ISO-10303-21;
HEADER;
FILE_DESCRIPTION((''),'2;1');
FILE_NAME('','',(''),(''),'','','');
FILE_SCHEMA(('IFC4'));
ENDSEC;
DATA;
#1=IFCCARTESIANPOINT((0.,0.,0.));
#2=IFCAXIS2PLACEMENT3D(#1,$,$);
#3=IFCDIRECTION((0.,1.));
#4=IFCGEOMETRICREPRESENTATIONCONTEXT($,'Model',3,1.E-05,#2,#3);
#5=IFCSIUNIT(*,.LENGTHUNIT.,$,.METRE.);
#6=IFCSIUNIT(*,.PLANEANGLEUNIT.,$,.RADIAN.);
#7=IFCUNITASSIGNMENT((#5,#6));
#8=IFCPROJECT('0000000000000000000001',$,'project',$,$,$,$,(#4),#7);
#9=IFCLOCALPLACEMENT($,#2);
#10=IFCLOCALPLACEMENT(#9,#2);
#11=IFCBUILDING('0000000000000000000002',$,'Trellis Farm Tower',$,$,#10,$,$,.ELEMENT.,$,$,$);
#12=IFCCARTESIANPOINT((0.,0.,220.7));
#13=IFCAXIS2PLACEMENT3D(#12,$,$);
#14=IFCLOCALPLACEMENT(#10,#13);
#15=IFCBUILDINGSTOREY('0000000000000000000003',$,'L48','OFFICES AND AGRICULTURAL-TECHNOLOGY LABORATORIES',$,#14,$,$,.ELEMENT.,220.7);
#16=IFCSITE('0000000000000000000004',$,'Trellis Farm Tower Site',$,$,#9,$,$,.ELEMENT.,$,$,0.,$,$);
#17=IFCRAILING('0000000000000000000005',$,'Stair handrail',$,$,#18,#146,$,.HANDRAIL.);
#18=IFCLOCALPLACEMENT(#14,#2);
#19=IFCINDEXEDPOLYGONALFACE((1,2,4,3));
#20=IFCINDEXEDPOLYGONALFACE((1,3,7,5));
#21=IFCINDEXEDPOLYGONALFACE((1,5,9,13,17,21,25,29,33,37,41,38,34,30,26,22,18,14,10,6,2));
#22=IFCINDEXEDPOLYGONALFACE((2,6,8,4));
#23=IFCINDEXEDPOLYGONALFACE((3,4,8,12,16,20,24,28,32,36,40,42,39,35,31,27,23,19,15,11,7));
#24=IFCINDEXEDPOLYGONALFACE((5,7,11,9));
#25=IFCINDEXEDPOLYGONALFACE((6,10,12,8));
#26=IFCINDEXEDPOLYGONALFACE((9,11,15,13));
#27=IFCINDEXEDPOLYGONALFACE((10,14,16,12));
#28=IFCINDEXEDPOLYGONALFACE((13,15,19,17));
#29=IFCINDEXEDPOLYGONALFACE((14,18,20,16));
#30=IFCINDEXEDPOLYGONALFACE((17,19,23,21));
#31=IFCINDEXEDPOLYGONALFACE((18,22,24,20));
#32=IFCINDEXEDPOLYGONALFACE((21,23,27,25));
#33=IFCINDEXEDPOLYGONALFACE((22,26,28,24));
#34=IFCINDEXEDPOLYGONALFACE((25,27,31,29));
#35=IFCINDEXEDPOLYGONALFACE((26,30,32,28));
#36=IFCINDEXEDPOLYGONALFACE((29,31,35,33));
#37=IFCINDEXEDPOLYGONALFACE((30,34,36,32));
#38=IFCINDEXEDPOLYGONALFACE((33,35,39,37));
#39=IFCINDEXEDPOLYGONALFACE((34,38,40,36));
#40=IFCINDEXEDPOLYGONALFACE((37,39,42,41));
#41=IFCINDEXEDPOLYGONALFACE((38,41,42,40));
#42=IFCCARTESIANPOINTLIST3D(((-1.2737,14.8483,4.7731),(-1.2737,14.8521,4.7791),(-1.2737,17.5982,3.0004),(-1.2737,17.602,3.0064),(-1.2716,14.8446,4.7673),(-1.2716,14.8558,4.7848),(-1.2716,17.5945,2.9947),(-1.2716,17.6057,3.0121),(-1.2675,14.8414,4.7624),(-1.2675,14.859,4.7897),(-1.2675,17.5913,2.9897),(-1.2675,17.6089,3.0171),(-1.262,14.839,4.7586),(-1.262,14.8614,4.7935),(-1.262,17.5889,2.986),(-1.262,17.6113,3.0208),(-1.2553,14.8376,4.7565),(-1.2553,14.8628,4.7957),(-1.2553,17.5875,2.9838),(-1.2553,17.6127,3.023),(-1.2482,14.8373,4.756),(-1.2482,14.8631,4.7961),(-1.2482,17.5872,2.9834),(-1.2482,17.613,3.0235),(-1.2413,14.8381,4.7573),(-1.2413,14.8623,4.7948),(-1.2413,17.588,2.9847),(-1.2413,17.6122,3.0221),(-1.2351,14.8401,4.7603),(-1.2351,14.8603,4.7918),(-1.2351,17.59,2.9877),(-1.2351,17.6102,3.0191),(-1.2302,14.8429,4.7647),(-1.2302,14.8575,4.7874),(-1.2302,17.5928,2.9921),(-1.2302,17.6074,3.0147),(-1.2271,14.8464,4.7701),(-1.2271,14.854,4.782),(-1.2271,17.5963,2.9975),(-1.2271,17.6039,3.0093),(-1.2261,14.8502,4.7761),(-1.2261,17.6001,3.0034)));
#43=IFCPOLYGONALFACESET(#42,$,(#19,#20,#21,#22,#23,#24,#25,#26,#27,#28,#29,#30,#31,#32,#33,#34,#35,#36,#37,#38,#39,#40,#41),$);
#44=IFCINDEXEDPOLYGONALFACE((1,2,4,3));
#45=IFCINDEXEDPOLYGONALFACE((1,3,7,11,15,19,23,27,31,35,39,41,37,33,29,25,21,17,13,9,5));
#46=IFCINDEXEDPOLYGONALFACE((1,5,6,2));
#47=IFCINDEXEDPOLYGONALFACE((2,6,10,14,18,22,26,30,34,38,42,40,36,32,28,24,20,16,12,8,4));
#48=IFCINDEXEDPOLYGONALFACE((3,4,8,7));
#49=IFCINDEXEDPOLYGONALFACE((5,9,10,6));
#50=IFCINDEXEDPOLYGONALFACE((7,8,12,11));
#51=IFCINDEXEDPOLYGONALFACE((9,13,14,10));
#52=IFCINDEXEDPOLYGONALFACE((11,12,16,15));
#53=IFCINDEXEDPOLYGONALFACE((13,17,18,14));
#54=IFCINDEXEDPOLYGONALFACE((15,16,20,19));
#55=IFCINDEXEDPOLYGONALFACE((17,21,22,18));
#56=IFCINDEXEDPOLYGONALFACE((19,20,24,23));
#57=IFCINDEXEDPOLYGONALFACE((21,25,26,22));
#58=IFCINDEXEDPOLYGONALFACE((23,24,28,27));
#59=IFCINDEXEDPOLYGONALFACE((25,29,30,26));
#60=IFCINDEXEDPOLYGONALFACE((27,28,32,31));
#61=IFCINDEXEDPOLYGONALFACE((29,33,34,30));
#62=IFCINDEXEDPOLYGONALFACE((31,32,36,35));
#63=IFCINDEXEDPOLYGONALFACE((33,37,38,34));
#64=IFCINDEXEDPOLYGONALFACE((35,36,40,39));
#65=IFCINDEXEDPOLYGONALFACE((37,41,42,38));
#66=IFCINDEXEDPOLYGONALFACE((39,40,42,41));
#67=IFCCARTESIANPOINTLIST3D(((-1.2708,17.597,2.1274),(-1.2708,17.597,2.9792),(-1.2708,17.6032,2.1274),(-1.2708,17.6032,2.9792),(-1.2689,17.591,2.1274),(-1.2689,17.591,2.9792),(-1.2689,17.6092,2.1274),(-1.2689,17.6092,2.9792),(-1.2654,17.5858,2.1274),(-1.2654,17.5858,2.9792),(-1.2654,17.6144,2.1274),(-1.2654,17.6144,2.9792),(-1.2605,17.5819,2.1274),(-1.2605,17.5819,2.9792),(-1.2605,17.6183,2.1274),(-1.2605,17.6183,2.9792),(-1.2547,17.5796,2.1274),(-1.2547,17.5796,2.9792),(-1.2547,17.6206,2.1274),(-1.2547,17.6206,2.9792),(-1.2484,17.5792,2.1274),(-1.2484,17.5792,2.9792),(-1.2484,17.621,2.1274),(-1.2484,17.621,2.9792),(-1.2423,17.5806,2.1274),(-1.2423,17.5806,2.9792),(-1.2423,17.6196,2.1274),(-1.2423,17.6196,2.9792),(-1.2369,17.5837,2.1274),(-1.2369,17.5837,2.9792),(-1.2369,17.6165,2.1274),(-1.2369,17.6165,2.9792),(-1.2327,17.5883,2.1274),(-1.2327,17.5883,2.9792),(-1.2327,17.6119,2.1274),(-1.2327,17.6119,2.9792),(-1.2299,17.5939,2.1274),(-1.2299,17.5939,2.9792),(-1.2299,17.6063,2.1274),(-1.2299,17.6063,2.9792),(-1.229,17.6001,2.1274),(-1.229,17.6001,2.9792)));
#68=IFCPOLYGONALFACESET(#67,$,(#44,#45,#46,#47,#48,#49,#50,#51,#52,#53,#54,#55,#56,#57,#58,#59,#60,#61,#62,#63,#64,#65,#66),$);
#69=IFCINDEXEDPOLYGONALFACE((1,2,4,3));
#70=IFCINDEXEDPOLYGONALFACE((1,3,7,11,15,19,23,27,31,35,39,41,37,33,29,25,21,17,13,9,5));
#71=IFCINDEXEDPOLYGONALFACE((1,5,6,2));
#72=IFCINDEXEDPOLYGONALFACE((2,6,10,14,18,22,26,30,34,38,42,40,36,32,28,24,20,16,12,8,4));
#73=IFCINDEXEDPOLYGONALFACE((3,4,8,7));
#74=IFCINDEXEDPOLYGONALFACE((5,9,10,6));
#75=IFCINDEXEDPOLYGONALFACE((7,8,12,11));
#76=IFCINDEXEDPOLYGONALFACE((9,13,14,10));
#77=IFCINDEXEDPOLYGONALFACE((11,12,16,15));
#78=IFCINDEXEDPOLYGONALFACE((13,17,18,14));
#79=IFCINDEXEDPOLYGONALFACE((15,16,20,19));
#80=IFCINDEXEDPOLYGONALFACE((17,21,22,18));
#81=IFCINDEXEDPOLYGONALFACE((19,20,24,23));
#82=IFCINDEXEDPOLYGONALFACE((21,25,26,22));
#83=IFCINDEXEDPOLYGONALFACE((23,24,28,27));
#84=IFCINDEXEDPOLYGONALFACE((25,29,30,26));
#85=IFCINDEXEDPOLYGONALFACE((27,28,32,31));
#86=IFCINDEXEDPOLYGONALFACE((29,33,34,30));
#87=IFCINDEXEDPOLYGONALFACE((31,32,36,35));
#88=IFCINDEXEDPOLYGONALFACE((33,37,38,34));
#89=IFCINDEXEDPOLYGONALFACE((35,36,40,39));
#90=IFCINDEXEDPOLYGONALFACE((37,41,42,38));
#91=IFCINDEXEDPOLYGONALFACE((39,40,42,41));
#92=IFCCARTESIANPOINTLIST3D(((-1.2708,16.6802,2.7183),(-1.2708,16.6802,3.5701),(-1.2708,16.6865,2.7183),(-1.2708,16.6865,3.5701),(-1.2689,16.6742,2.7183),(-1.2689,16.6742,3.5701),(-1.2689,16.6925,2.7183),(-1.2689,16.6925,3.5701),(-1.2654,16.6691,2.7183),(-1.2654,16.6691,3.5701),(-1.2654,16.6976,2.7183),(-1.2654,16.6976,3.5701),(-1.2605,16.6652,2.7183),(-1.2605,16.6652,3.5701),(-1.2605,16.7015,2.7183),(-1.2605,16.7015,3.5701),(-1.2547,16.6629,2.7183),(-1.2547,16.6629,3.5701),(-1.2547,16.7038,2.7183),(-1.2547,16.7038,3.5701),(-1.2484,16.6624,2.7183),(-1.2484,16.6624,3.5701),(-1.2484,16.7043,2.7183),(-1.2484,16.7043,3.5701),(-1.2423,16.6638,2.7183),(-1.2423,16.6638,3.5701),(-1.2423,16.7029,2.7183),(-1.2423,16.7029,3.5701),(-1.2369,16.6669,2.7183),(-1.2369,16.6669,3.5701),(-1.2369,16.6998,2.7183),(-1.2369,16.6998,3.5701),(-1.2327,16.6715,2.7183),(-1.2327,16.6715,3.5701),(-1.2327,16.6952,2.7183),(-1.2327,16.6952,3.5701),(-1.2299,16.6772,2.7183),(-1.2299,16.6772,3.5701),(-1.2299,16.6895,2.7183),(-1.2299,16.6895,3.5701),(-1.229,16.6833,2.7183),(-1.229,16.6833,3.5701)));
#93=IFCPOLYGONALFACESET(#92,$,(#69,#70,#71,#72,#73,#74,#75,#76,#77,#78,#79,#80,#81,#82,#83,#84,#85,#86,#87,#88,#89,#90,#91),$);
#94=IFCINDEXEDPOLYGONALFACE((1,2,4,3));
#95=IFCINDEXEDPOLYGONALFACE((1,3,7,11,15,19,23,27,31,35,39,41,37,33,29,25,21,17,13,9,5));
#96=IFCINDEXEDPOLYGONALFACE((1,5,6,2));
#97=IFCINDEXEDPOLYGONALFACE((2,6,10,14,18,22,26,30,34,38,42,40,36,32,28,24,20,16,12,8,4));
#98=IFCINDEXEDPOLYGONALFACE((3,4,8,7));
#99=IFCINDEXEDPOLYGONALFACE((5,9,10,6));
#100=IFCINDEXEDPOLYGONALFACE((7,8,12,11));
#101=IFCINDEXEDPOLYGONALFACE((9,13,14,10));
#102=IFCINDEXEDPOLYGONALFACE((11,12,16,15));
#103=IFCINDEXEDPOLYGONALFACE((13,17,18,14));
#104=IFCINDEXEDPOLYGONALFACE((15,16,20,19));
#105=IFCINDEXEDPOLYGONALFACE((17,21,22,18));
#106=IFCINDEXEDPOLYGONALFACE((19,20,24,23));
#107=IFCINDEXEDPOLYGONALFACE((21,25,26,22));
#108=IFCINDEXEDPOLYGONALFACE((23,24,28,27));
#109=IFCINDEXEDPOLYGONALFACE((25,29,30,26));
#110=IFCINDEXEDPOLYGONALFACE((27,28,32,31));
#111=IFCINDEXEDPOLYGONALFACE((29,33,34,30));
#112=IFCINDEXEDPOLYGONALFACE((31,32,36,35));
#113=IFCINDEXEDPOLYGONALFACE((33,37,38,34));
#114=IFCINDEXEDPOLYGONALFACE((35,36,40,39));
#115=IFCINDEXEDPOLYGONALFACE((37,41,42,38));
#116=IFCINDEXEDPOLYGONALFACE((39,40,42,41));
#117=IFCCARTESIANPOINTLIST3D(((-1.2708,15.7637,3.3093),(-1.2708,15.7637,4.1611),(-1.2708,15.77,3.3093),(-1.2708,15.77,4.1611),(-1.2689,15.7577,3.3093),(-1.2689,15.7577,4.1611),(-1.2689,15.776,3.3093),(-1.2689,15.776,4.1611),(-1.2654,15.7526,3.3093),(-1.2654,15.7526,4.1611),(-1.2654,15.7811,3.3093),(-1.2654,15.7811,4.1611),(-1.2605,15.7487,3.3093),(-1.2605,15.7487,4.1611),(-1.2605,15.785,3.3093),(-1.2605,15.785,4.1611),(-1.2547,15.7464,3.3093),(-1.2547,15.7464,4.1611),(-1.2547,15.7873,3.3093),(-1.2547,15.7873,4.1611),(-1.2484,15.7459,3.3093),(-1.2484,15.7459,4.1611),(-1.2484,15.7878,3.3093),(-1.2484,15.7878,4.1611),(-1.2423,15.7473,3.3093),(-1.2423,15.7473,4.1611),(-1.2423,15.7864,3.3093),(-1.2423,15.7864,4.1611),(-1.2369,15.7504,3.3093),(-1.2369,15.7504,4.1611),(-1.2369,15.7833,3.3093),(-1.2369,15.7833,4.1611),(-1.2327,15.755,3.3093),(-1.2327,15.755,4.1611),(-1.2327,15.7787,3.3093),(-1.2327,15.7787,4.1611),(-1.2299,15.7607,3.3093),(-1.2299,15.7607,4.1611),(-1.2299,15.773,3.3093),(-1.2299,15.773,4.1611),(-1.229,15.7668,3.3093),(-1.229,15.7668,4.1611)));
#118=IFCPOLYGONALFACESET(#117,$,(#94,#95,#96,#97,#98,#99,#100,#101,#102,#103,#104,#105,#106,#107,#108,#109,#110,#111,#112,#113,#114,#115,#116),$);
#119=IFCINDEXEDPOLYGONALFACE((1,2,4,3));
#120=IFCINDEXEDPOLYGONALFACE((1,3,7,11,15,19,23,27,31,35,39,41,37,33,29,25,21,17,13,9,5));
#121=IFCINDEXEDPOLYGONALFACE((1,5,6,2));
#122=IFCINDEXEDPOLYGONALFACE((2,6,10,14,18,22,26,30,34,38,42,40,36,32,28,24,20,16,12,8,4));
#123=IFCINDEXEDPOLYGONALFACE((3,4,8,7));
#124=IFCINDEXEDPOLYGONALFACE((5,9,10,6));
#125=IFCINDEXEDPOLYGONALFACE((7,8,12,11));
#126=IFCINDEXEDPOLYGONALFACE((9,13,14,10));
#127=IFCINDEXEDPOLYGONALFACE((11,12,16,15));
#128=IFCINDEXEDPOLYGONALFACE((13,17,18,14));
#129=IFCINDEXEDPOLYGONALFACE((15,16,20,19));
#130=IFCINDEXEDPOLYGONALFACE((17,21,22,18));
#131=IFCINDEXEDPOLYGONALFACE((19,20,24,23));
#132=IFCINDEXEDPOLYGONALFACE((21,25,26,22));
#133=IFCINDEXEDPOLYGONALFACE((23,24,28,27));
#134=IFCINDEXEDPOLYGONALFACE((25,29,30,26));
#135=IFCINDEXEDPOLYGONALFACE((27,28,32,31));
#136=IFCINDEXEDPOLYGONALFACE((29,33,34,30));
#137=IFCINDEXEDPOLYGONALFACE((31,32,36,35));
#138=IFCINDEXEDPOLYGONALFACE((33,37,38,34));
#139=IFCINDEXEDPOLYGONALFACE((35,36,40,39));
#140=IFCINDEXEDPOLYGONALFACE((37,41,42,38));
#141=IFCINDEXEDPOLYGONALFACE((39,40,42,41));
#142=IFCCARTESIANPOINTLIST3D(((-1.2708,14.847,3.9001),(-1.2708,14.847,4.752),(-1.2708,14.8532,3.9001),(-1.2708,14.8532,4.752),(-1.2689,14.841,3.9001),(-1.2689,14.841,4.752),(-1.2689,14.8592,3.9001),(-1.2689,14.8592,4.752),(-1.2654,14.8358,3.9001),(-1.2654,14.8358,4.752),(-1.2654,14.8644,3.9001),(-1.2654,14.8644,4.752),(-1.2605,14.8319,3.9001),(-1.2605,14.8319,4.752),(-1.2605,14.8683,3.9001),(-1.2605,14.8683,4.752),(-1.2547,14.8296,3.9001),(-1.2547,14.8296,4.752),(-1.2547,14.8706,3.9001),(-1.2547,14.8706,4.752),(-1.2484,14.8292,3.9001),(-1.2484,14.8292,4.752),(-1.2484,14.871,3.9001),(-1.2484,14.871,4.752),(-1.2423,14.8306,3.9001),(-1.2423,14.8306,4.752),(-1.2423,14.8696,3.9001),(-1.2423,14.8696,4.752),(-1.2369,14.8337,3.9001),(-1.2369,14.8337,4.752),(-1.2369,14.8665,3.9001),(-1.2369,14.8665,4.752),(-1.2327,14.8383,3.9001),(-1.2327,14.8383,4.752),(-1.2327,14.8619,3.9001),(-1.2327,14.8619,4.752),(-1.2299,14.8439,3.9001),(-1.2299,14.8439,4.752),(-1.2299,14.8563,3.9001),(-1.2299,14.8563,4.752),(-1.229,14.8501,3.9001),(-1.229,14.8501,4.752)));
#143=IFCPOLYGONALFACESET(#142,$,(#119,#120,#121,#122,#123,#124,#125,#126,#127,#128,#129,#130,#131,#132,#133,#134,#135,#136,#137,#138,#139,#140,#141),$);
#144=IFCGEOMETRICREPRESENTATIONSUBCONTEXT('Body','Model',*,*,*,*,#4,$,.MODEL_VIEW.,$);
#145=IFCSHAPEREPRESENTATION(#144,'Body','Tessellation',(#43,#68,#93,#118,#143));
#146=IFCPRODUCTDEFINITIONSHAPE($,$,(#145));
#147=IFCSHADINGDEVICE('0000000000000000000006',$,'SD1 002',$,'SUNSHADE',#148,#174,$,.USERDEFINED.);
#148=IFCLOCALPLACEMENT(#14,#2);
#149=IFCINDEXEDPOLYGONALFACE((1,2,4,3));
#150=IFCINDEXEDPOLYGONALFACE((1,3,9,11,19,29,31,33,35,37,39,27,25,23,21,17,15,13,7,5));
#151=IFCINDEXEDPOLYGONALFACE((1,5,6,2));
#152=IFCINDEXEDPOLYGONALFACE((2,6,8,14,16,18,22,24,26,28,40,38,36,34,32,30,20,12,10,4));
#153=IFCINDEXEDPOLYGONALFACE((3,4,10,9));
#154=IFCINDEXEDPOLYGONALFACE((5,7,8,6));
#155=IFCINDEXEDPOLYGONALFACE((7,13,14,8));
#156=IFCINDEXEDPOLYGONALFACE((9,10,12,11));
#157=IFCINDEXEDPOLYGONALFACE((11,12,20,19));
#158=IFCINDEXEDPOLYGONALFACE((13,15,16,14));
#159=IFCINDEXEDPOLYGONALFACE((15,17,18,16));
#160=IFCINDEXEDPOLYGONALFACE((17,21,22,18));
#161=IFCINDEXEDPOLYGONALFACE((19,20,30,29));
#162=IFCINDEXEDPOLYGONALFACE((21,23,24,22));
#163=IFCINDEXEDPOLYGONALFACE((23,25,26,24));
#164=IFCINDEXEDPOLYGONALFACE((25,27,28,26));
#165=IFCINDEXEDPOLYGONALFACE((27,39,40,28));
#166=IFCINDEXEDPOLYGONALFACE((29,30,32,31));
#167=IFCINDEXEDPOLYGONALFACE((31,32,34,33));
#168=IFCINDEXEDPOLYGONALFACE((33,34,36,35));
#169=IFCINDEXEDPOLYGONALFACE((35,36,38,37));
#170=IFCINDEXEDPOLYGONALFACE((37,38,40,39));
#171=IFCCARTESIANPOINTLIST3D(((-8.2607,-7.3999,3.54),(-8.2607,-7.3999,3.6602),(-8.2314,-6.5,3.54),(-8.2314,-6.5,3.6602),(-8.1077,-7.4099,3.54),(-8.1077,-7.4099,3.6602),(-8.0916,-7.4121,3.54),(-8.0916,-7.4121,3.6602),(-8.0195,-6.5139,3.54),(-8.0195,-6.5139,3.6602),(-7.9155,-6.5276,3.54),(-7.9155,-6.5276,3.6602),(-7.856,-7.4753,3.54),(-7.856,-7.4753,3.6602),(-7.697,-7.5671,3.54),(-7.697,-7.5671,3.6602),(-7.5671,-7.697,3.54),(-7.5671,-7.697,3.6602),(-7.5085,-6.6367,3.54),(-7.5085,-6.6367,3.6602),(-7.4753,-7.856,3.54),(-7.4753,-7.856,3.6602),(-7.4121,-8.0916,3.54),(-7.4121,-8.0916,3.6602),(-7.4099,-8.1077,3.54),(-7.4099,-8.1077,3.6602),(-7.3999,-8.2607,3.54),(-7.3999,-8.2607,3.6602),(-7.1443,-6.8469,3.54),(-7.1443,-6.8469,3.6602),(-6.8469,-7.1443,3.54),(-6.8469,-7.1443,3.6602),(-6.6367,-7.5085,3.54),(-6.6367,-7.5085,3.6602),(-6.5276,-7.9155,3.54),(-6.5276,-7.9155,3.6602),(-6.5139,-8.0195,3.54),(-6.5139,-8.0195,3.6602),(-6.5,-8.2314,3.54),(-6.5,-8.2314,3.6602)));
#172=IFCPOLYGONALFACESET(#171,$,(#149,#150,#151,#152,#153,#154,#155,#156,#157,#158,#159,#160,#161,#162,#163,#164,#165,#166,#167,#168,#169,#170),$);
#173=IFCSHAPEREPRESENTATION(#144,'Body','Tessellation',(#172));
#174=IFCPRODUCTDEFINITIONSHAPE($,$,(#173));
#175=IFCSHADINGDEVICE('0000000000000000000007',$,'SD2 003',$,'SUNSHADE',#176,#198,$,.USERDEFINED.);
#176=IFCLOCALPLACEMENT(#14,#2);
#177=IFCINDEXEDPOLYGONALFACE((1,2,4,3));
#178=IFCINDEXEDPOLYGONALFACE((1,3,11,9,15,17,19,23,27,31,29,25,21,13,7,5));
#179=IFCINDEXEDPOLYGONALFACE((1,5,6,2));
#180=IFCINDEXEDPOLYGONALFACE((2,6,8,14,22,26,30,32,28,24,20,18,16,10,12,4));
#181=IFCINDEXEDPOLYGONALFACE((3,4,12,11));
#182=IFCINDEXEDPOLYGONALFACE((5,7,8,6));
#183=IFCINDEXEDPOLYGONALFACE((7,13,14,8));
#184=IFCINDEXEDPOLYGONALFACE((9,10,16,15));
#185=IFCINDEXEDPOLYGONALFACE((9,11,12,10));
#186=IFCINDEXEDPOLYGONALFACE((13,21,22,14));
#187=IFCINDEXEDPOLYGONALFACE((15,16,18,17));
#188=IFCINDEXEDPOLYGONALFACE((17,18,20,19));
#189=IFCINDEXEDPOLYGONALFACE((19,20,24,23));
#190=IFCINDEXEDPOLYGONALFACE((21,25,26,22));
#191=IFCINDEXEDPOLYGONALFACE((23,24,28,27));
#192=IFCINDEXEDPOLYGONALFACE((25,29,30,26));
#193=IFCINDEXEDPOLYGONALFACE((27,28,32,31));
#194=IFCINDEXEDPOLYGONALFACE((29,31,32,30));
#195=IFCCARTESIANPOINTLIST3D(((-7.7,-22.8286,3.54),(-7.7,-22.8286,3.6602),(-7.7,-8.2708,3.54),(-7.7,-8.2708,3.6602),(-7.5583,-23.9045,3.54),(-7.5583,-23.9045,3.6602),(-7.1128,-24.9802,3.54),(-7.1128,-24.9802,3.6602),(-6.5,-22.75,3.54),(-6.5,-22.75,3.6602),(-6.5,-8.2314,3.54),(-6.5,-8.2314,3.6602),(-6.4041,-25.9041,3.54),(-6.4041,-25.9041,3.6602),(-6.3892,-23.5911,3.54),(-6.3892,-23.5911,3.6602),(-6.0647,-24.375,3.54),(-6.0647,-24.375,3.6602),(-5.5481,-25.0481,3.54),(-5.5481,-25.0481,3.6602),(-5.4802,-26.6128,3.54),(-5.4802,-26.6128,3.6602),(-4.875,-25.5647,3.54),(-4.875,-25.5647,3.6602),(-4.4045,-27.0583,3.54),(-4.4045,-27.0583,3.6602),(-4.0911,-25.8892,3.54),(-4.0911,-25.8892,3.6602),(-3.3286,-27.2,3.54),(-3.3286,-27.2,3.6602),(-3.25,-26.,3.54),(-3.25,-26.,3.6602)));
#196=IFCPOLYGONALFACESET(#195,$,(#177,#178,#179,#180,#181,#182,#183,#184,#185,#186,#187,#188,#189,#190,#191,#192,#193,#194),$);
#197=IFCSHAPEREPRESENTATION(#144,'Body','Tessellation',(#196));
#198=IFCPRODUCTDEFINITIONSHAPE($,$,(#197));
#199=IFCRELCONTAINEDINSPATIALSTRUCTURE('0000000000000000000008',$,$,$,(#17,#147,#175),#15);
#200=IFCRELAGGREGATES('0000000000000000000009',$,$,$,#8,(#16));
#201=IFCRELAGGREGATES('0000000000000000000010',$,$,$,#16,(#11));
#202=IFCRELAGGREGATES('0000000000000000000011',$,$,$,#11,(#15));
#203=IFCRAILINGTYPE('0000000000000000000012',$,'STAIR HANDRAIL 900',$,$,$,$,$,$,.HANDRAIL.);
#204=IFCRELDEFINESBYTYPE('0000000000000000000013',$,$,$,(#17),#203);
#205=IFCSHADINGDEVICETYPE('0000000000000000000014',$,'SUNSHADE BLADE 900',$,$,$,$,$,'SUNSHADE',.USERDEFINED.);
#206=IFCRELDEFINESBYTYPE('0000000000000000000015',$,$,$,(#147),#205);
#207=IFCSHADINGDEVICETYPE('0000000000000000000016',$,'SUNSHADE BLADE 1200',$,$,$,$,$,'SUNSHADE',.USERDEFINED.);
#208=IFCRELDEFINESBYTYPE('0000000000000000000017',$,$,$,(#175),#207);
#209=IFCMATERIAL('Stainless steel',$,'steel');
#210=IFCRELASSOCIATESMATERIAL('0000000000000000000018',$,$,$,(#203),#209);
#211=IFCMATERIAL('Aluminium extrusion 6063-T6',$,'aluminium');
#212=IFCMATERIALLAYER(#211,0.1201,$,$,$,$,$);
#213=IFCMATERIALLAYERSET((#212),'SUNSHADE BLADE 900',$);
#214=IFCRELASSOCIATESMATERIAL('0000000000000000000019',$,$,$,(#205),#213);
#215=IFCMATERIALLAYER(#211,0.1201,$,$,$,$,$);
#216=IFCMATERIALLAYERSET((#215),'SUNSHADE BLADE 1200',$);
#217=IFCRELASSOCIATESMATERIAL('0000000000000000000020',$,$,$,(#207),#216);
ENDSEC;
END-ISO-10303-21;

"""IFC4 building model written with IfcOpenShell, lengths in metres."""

from ifc_helpers import new_model, si_unit, direction, frame, origin, origin_2d, place, context, subcontext, project, spatial, polyline, circle, outline, extrude, source, transform, mapped, material, layer, layer_set, type_object, element, save


model = new_model("IFC4")

# Units and contexts
model_context = context("Model", 3, precision=1e-05, world=origin(), true_north=direction((0.0, 1.0)))
body_context = subcontext(model_context, "Body", "Model", "MODEL_VIEW")
ifc_project = project(units=[si_unit("LENGTHUNIT", "METRE"), si_unit("PLANEANGLEUNIT", "RADIAN")], contexts=[model_context])

# Site, building, storey
site_placement = place(None, origin())
site = spatial("IfcSite", under=ifc_project, at=site_placement, Name="Trellis Farm Tower Site", CompositionType="ELEMENT", RefElevation=0.0)
building_placement = place(site_placement, origin())
building = spatial("IfcBuilding", under=site, at=building_placement, Name="Trellis Farm Tower", CompositionType="ELEMENT")
storey_placement = place(building_placement, frame((0.0, 0.0, 220.7)))
storey = spatial("IfcBuildingStorey", under=building, at=storey_placement, Name="L48", Description="OFFICES AND AGRICULTURAL-TECHNOLOGY LABORATORIES", CompositionType="ELEMENT", Elevation=220.7)

# Shared definitions
ifc_material_1 = material(Name="Aluminium extrusion 6063-T6", Category="aluminium")

# Railing
ifc_material_2 = material(Name="Stainless steel", Category="steel")
railing_type = type_object("IfcRailingType", Name="STAIR HANDRAIL 900", PredefinedType="HANDRAIL", material=ifc_material_2)
shared_shape_1 = source(origin(), body_context, "Body", "SweptSolid", [
    extrude(circle(Radius=0.0239, at=origin_2d()), frame((0.0, 0.0, 0.876), z_axis=(0.0, -0.840504, 0.541806), x_axis=(1.0, 0.0, 0.0)), (0.0, 0.0, 1.0), 3.2717),
    extrude(circle(Radius=0.021, at=origin_2d()), origin(), (0.0, 0.0, 1.0), 0.8518),
    extrude(circle(Radius=0.021, at=origin_2d()), frame((0.0, -0.9167, 0.5908)), (0.0, 0.0, 1.0), 0.8518),
    extrude(circle(Radius=0.021, at=origin_2d()), frame((0.0, -1.8333, 1.1819)), (0.0, 0.0, 1.0), 0.8518),
    extrude(circle(Radius=0.021, at=origin_2d()), frame((0.0, -2.75, 1.7727)), (0.0, 0.0, 1.0), 0.8518),
])
railing_placement = place(storey_placement, frame((-1.25, 17.6001, 2.1274)))
element("IfcRailing", 1, at=railing_placement, inside=storey, type_object=railing_type, Name="Stair handrail", PredefinedType="HANDRAIL", context=body_context, shape_type="MappedRepresentation", body=[
    mapped(shared_shape_1, transform((0.0, 0.0, 0.0))),
])

# Shading devices
ifc_layer_1 = layer(ifc_material_1, 0.1201)
ifc_layer_set_1 = layer_set([ifc_layer_1], Name="SUNSHADE BLADE 900")
shading_device_type_1 = type_object("IfcShadingDeviceType", Name="SUNSHADE BLADE 900", ElementType="SUNSHADE", PredefinedType="USERDEFINED", material=ifc_layer_set_1)
shared_shape_2 = source(origin(), body_context, "Body", "SweptSolid", [
    extrude(outline(polyline([(-8.2607, -7.3999), (-8.1077, -7.4099), (-8.0916, -7.4121), (-7.856, -7.4753), (-7.697, -7.5671), (-7.5671, -7.697), (-7.4753, -7.856), (-7.4121, -8.0916), (-7.4099, -8.1077), (-7.3999, -8.2607), (-6.5, -8.2314), (-6.5139, -8.0195), (-6.5276, -7.9155), (-6.6367, -7.5085), (-6.8469, -7.1443), (-7.1443, -6.8469), (-7.5085, -6.6367), (-7.9155, -6.5276), (-8.0195, -6.5139), (-8.2314, -6.5), (-8.2607, -7.3999)])), origin(), (0.0, 0.0, 1.0), 0.1201),
])
placement_1 = place(storey_placement, frame((0.0, 0.0, 3.54)))
element("IfcShadingDevice", 2, at=placement_1, inside=storey, type_object=shading_device_type_1, Name="SD1 002", ObjectType="SUNSHADE", PredefinedType="USERDEFINED", context=body_context, shape_type="MappedRepresentation", body=[
    mapped(shared_shape_2, transform((0.0, 0.0, 0.0))),
])
ifc_layer_2 = layer(ifc_material_1, 0.1201)
ifc_layer_set_2 = layer_set([ifc_layer_2], Name="SUNSHADE BLADE 1200")
shading_device_type_2 = type_object("IfcShadingDeviceType", Name="SUNSHADE BLADE 1200", ElementType="SUNSHADE", PredefinedType="USERDEFINED", material=ifc_layer_set_2)
shared_shape_3 = source(origin(), body_context, "Body", "SweptSolid", [
    extrude(outline(polyline([(-7.7, -8.2708), (-7.7, -22.8286), (-7.5583, -23.9045), (-7.1128, -24.9802), (-6.4041, -25.9041), (-5.4802, -26.6128), (-4.4045, -27.0583), (-3.3286, -27.2), (-3.25, -26.0), (-4.0911, -25.8892), (-4.875, -25.5647), (-5.5481, -25.0481), (-6.0647, -24.375), (-6.3892, -23.5911), (-6.5, -22.75), (-6.5, -8.2314), (-7.7, -8.2708)])), origin(), (0.0, 0.0, 1.0), 0.1201),
])
element("IfcShadingDevice", 3, at=placement_1, inside=storey, type_object=shading_device_type_2, Name="SD2 003", ObjectType="SUNSHADE", PredefinedType="USERDEFINED", context=body_context, shape_type="MappedRepresentation", body=[
    mapped(shared_shape_3, transform((0.0, 0.0, 0.0))),
])

save(model, "model.ifc")
